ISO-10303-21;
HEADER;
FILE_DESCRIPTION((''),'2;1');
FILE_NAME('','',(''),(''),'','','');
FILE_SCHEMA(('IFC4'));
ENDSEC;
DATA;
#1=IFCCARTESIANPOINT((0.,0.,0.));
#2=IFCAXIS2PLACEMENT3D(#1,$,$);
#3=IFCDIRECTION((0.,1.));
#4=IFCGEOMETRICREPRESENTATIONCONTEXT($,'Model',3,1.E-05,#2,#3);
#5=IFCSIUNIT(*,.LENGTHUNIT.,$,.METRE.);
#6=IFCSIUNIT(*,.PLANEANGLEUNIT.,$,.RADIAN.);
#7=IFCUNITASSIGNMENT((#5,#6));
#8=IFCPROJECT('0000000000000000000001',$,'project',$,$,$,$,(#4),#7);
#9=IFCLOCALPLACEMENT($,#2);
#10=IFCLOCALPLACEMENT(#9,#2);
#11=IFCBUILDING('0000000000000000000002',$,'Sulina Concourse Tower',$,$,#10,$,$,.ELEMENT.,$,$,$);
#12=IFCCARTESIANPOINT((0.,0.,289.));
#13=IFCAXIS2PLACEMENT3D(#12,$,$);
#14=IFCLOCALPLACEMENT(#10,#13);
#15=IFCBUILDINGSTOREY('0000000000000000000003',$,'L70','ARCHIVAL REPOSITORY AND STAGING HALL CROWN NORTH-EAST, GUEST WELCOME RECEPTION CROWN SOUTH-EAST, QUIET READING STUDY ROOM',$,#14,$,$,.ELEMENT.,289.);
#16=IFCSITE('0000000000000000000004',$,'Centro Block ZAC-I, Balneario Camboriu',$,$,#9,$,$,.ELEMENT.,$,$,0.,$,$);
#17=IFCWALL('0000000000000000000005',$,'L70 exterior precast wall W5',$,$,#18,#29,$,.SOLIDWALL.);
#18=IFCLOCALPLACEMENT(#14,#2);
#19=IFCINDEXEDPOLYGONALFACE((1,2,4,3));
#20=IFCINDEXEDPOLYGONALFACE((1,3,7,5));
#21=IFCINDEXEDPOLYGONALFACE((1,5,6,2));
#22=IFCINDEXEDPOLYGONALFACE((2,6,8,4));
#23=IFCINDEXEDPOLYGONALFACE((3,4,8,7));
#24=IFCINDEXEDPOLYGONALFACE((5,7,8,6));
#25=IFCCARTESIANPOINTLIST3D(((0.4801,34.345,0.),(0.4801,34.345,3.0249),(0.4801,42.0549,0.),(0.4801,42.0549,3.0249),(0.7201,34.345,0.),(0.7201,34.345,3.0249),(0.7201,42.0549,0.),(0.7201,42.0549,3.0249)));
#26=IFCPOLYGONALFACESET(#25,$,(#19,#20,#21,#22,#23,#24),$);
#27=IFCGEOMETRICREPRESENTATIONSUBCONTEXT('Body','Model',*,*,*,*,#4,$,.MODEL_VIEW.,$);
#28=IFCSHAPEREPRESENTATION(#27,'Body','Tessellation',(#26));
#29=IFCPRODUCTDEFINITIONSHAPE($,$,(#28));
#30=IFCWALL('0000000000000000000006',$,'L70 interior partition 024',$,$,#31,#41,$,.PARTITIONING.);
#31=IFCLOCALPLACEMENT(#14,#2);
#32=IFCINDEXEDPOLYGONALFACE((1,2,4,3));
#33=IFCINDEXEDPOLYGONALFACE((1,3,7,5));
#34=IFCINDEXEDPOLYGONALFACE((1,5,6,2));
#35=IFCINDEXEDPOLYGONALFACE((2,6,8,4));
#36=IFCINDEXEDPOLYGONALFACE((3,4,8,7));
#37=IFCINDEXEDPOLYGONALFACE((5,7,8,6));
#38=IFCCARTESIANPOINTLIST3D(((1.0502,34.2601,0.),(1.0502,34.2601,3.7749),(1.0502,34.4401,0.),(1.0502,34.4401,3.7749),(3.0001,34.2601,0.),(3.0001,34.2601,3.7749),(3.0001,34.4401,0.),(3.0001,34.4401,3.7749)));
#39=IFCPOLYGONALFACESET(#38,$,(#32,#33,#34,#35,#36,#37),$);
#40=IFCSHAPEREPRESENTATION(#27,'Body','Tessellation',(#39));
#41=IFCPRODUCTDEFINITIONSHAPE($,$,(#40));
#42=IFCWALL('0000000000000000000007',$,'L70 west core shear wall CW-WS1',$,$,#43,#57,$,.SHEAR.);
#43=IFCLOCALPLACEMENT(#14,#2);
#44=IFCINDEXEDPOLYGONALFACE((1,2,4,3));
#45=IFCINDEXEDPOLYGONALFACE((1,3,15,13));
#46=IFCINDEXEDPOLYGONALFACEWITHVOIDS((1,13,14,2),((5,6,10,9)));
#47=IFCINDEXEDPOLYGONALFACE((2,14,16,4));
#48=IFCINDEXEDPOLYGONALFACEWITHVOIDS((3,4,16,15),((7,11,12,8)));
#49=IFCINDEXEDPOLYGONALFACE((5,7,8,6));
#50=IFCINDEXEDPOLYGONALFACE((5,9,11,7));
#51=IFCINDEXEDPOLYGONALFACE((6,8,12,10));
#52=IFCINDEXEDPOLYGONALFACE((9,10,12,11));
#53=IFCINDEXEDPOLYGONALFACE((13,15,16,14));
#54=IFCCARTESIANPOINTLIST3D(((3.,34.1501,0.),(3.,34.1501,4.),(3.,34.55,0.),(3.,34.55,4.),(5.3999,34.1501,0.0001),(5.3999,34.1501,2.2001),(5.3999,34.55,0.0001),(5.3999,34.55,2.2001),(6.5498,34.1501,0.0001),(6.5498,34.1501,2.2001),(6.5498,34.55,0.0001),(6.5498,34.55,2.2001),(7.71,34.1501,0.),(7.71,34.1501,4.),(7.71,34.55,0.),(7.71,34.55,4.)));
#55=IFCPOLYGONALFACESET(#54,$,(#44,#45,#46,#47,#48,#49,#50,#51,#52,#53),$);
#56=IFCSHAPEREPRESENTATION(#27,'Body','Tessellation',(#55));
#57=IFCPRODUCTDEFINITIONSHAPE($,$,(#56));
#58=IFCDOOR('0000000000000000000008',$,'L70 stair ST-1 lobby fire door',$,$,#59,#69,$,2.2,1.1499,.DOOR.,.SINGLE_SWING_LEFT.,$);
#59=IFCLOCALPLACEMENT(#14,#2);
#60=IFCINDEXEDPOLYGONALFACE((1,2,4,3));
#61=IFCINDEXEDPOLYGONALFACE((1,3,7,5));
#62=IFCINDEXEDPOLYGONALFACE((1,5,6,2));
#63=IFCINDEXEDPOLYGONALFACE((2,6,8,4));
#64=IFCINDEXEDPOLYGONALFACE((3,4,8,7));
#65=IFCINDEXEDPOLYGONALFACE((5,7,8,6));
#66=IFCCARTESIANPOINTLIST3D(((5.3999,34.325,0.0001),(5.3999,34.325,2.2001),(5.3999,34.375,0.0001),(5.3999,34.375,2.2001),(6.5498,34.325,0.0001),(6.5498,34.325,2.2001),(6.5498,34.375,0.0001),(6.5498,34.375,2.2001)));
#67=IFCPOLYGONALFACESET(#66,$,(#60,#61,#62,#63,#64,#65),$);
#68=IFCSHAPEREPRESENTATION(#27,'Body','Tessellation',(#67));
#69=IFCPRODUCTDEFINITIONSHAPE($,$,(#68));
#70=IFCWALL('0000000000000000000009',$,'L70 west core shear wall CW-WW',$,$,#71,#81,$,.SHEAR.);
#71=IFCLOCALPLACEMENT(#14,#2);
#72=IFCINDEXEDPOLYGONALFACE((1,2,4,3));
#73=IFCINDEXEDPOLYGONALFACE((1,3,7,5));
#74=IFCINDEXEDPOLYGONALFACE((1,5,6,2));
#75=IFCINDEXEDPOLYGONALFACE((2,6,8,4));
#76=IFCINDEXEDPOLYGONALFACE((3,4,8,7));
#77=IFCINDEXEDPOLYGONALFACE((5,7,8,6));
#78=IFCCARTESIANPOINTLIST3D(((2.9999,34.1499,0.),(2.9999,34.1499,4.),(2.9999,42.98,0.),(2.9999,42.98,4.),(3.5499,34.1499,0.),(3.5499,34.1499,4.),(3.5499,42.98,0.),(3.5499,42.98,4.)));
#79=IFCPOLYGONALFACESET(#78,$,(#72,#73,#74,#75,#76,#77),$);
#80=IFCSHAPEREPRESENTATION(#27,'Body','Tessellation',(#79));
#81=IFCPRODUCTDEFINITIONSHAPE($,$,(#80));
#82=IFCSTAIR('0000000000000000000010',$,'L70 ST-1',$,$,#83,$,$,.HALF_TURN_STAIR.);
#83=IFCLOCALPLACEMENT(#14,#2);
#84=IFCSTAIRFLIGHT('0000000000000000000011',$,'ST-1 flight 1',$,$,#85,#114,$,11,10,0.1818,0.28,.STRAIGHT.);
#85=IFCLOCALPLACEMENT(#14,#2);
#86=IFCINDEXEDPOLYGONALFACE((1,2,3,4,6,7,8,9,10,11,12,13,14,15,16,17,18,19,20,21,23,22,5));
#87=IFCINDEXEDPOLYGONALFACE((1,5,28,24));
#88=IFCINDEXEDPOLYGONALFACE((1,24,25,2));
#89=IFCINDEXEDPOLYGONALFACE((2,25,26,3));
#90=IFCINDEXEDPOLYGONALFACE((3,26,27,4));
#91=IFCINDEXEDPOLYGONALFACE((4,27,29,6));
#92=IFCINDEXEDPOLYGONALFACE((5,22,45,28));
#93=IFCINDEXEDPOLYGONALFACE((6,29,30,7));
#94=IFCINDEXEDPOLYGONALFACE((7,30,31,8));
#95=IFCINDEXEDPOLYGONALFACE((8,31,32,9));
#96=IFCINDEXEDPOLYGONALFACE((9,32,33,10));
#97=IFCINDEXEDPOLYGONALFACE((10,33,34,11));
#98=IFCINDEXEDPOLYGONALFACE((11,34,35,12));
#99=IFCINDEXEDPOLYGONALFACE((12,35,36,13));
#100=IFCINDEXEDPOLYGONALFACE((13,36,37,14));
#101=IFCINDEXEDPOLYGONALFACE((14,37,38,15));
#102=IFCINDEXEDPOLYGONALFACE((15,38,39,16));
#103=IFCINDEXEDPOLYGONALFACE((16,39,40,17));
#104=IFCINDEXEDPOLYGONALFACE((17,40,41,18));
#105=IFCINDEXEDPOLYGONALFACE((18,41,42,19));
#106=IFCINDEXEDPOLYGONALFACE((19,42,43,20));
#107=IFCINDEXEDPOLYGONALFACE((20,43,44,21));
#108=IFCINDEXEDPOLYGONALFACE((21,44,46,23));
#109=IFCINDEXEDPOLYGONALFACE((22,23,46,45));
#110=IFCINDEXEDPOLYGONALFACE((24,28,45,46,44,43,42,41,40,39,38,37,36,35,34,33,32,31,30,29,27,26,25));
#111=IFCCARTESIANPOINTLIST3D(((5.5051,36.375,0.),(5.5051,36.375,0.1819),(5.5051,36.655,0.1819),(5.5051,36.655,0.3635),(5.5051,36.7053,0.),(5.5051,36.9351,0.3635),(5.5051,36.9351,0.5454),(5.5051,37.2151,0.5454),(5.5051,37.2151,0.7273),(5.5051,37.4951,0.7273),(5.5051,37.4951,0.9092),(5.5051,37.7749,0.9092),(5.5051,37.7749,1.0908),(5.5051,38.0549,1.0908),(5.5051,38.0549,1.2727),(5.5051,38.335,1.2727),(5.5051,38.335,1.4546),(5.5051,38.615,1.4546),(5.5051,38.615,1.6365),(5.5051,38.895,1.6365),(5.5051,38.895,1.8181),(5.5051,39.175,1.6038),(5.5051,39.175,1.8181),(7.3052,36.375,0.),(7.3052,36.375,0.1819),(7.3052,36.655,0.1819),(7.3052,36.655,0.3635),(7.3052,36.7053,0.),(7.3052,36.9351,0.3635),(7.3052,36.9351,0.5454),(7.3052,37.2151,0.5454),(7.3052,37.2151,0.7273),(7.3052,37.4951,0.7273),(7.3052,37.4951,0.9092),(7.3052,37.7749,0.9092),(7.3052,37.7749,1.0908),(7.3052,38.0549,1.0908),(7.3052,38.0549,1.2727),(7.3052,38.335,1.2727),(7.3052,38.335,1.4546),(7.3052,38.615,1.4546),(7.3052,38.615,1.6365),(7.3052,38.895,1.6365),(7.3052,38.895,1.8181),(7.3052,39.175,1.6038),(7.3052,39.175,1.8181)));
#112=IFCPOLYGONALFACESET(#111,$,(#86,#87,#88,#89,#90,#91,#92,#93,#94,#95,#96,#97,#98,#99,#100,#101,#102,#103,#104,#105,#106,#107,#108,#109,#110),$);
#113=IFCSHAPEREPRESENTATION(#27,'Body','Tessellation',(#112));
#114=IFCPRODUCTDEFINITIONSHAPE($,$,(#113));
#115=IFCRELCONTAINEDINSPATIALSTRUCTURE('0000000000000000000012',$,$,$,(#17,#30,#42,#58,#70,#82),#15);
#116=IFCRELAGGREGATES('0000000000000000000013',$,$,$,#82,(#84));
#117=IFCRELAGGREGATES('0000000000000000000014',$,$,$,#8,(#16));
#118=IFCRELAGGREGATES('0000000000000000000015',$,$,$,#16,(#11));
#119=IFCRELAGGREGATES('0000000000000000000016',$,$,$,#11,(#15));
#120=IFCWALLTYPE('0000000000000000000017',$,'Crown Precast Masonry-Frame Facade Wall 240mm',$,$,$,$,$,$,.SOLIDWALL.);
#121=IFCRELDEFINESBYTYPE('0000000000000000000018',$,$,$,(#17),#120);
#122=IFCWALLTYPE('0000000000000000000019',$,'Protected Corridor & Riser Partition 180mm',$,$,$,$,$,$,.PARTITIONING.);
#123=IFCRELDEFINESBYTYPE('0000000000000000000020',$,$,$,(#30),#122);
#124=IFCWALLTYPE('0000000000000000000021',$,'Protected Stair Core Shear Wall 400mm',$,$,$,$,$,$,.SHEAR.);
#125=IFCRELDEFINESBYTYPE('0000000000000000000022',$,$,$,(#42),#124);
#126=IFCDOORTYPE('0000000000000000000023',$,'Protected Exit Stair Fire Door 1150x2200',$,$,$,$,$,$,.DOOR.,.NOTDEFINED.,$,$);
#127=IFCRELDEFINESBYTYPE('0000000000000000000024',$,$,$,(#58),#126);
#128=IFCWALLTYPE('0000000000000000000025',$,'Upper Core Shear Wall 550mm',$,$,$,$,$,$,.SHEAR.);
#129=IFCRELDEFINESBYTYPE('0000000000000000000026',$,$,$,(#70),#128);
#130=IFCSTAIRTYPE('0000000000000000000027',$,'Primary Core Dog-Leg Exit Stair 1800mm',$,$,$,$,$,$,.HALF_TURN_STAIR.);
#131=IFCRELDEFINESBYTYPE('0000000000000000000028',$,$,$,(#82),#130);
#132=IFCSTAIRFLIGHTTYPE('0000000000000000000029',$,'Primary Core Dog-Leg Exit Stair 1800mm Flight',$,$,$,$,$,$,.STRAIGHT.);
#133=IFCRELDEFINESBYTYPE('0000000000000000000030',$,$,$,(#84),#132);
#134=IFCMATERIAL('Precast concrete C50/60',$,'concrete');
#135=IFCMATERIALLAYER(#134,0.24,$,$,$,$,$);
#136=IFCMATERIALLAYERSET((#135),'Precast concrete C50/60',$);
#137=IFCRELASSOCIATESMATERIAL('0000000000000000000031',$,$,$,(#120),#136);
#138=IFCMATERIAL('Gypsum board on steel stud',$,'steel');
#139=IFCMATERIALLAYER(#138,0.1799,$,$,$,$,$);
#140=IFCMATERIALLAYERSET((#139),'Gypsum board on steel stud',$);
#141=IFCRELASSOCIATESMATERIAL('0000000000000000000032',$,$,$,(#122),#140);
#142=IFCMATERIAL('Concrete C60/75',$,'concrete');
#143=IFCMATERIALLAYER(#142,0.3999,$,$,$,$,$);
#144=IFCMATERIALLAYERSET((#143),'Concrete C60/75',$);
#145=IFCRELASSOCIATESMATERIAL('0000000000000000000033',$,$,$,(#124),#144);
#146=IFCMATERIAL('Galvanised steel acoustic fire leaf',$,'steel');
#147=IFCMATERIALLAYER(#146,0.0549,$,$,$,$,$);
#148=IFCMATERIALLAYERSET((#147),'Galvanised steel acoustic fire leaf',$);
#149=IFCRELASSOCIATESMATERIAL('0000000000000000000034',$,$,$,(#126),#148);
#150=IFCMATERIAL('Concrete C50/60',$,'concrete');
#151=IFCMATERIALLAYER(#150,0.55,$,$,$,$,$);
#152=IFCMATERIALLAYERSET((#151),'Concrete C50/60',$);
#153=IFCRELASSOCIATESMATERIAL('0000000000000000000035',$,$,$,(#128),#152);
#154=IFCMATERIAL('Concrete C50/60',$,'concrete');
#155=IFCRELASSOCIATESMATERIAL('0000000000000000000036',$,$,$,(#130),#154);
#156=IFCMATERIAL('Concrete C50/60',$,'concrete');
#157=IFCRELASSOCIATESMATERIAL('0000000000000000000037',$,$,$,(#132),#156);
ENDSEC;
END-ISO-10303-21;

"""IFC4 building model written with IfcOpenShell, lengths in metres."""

from ifc_helpers import new_model, si_unit, direction, frame, frame_2d, origin, place, context, subcontext, project, spatial, polyline, rectangle, outline, extrude, material, layer, layer_set, type_object, element, fill, aggregate, save


model = new_model("IFC4")

# Units and contexts
model_context = context("Model", 3, precision=1e-05, world=origin(), true_north=direction((0.0, 1.0)))
body_context = subcontext(model_context, "Body", "Model", "MODEL_VIEW")
ifc_project = project(units=[si_unit("LENGTHUNIT", "METRE"), si_unit("PLANEANGLEUNIT", "RADIAN")], contexts=[model_context])

# Site, building, storey
site_placement = place(None, origin())
site = spatial("IfcSite", under=ifc_project, at=site_placement, Name="Centro Block ZAC-I, Balneario Camboriu", CompositionType="ELEMENT", RefElevation=0.0)
building_placement = place(site_placement, origin())
building = spatial("IfcBuilding", under=site, at=building_placement, Name="Sulina Concourse Tower", CompositionType="ELEMENT")
storey_placement = place(building_placement, frame((0.0, 0.0, 289.0)))
storey = spatial("IfcBuildingStorey", under=building, at=storey_placement, Name="L70", Description="ARCHIVAL REPOSITORY AND STAGING HALL CROWN NORTH-EAST, GUEST WELCOME RECEPTION CROWN SOUTH-EAST, QUIET READING STUDY ROOM", CompositionType="ELEMENT", Elevation=289.0)

# Walls
ifc_material_1 = material(Name="Precast concrete C50/60", Category="concrete")
ifc_layer_1 = layer(ifc_material_1, 0.24)
ifc_layer_set_1 = layer_set([ifc_layer_1], Name="Precast concrete C50/60")
wall_type_1 = type_object("IfcWallType", Name="Crown Precast Masonry-Frame Facade Wall 240mm", PredefinedType="SOLIDWALL", material=ifc_layer_set_1)
wall_1_placement = place(storey_placement, frame((0.6001, 34.345, 0.0), z_axis=(0.0, 0.0, 1.0), x_axis=(0.0, 1.0, 0.0)))
element("IfcWall", 1, at=wall_1_placement, inside=storey, type_object=wall_type_1, Name="L70 exterior precast wall W5", PredefinedType="SOLIDWALL", context=body_context, shape_type="SweptSolid", body=[
    extrude(rectangle(XDim=7.71, YDim=0.24, at=frame_2d((3.855, 0.0))), origin(), (0.0, 0.0, 1.0), 3.0249),
])
ifc_material_2 = material(Name="Gypsum board on steel stud", Category="steel")
ifc_layer_2 = layer(ifc_material_2, 0.1799)
ifc_layer_set_2 = layer_set([ifc_layer_2], Name="Gypsum board on steel stud")
wall_type_2 = type_object("IfcWallType", Name="Protected Corridor & Riser Partition 180mm", PredefinedType="PARTITIONING", material=ifc_layer_set_2)
wall_2_placement = place(storey_placement, frame((1.05, 34.3501, 0.0), z_axis=(0.0, 0.0, 1.0), x_axis=(1.0, 0.0, 0.0)))
element("IfcWall", 2, at=wall_2_placement, inside=storey, type_object=wall_type_2, Name="L70 interior partition 024", PredefinedType="PARTITIONING", context=body_context, shape_type="SweptSolid", body=[
    extrude(rectangle(XDim=1.95, YDim=0.1799, at=frame_2d((0.9751, 0.0))), origin(), (0.0, 0.0, 1.0), 3.7749),
])

# Wall, opening, door
ifc_material_3 = material(Name="Concrete C60/75", Category="concrete")
ifc_layer_3 = layer(ifc_material_3, 0.3999)
ifc_layer_set_3 = layer_set([ifc_layer_3], Name="Concrete C60/75")
wall_type_3 = type_object("IfcWallType", Name="Protected Stair Core Shear Wall 400mm", PredefinedType="SHEAR", material=ifc_layer_set_3)
wall_3_placement = place(storey_placement, frame((3.0, 34.3501, 0.0), z_axis=(0.0, 0.0, 1.0), x_axis=(1.0, 0.0, 0.0)))
wall_3 = element("IfcWall", 3, at=wall_3_placement, inside=storey, type_object=wall_type_3, Name="L70 west core shear wall CW-WS1", PredefinedType="SHEAR", context=body_context, shape_type="SweptSolid", body=[
    extrude(rectangle(XDim=4.71, YDim=0.3999, at=frame_2d((2.355, 0.0))), origin(), (0.0, 0.0, 1.0), 4.0),
])
opening_1_placement = place(wall_3_placement, frame((2.3999, 0.0, 0.0)))
opening_1 = element("IfcOpeningElement", 4, at=opening_1_placement, cuts=wall_3, PredefinedType="OPENING", context=body_context, shape_type="SweptSolid", body=[
    extrude(rectangle(XDim=1.1499, YDim=2.2, at=frame_2d((0.575, 1.1001))), frame((0.0, 0.21, 0.0), z_axis=(0.0, -1.0, 0.0), x_axis=(1.0, 0.0, 0.0)), (0.0, 0.0, 1.0), 0.4199),
])
ifc_material_4 = material(Name="Galvanised steel acoustic fire leaf", Category="steel")
ifc_layer_4 = layer(ifc_material_4, 0.0549)
ifc_layer_set_4 = layer_set([ifc_layer_4], Name="Galvanised steel acoustic fire leaf")
door_type_1 = type_object("IfcDoorType", Name="Protected Exit Stair Fire Door 1150x2200", OperationType="NOTDEFINED", PredefinedType="DOOR", material=ifc_layer_set_4)
door_1_placement = place(opening_1_placement, origin())
door_1 = element("IfcDoor", 5, at=door_1_placement, inside=storey, type_object=door_type_1, Name="L70 stair ST-1 lobby fire door", OperationType="SINGLE_SWING_LEFT", OverallHeight=2.2, OverallWidth=1.1499, PredefinedType="DOOR", context=body_context, shape_type="SweptSolid", body=[
    extrude(rectangle(XDim=1.1499, YDim=2.2, at=frame_2d((0.575, 1.1001))), frame((0.0, 0.0249, 0.0), z_axis=(0.0, -1.0, 0.0), x_axis=(1.0, 0.0, 0.0)), (0.0, 0.0, 1.0), 0.05),
])
fill(opening_1, door_1)

# Wall
ifc_material_5 = material(Name="Concrete C50/60", Category="concrete")
ifc_layer_5 = layer(ifc_material_5, 0.55)
ifc_layer_set_5 = layer_set([ifc_layer_5], Name="Concrete C50/60")
wall_type_4 = type_object("IfcWallType", Name="Upper Core Shear Wall 550mm", PredefinedType="SHEAR", material=ifc_layer_set_5)
wall_4_placement = place(storey_placement, frame((3.2749, 34.1499, 0.0), z_axis=(0.0, 0.0, 1.0), x_axis=(0.0, 1.0, 0.0)))
element("IfcWall", 6, at=wall_4_placement, inside=storey, type_object=wall_type_4, Name="L70 west core shear wall CW-WW", PredefinedType="SHEAR", context=body_context, shape_type="SweptSolid", body=[
    extrude(rectangle(XDim=8.8301, YDim=0.55, at=frame_2d((4.415, 0.0))), origin(), (0.0, 0.0, 1.0), 4.0),
])

# Stair, stair flight
ifc_material_6 = material(Name="Concrete C50/60", Category="concrete")
stair_type = type_object("IfcStairType", Name="Primary Core Dog-Leg Exit Stair 1800mm", PredefinedType="HALF_TURN_STAIR", material=ifc_material_6)
stair_placement = place(storey_placement, origin())
stair = element("IfcStair", 7, at=stair_placement, inside=storey, type_object=stair_type, Name="L70 ST-1", PredefinedType="HALF_TURN_STAIR")
ifc_material_7 = material(Name="Concrete C50/60", Category="concrete")
stair_flight_type = type_object("IfcStairFlightType", Name="Primary Core Dog-Leg Exit Stair 1800mm Flight", PredefinedType="STRAIGHT", material=ifc_material_7)
stair_flight_placement = place(storey_placement, frame((6.405, 36.375, 0.0), z_axis=(0.0, 0.0, 1.0), x_axis=(0.0, 1.0, 0.0)))
stair_flight = element("IfcStairFlight", 8, at=stair_flight_placement, type_object=stair_flight_type, Name="ST-1 flight 1", NumberOfRisers=11, NumberOfTreads=10, PredefinedType="STRAIGHT", RiserHeight=0.1818, TreadLength=0.28, context=body_context, shape_type="SweptSolid", body=[
    extrude(outline(polyline([(0.0, 0.0), (0.0, 0.1819), (0.28, 0.1819), (0.28, 0.3635), (0.5601, 0.3635), (0.5601, 0.5454), (0.8401, 0.5454), (0.8401, 0.7273), (1.1201, 0.7273), (1.1201, 0.9092), (1.3999, 0.9092), (1.3999, 1.0908), (1.6799, 1.0908), (1.6799, 1.2727), (1.96, 1.2727), (1.96, 1.4546), (2.24, 1.4546), (2.24, 1.6365), (2.52, 1.6365), (2.52, 1.8181), (2.8, 1.8181), (2.8, 2.0), (2.8, 1.6038), (0.3303, 0.0), (0.0, 0.0)])), frame((0.0, 0.8999, 0.0), z_axis=(0.0, -1.0, 0.0), x_axis=(1.0, 0.0, 0.0)), (0.0, 0.0, 1.0), 1.8),
])
aggregate(stair, [stair_flight])

save(model, "model.ifc")
